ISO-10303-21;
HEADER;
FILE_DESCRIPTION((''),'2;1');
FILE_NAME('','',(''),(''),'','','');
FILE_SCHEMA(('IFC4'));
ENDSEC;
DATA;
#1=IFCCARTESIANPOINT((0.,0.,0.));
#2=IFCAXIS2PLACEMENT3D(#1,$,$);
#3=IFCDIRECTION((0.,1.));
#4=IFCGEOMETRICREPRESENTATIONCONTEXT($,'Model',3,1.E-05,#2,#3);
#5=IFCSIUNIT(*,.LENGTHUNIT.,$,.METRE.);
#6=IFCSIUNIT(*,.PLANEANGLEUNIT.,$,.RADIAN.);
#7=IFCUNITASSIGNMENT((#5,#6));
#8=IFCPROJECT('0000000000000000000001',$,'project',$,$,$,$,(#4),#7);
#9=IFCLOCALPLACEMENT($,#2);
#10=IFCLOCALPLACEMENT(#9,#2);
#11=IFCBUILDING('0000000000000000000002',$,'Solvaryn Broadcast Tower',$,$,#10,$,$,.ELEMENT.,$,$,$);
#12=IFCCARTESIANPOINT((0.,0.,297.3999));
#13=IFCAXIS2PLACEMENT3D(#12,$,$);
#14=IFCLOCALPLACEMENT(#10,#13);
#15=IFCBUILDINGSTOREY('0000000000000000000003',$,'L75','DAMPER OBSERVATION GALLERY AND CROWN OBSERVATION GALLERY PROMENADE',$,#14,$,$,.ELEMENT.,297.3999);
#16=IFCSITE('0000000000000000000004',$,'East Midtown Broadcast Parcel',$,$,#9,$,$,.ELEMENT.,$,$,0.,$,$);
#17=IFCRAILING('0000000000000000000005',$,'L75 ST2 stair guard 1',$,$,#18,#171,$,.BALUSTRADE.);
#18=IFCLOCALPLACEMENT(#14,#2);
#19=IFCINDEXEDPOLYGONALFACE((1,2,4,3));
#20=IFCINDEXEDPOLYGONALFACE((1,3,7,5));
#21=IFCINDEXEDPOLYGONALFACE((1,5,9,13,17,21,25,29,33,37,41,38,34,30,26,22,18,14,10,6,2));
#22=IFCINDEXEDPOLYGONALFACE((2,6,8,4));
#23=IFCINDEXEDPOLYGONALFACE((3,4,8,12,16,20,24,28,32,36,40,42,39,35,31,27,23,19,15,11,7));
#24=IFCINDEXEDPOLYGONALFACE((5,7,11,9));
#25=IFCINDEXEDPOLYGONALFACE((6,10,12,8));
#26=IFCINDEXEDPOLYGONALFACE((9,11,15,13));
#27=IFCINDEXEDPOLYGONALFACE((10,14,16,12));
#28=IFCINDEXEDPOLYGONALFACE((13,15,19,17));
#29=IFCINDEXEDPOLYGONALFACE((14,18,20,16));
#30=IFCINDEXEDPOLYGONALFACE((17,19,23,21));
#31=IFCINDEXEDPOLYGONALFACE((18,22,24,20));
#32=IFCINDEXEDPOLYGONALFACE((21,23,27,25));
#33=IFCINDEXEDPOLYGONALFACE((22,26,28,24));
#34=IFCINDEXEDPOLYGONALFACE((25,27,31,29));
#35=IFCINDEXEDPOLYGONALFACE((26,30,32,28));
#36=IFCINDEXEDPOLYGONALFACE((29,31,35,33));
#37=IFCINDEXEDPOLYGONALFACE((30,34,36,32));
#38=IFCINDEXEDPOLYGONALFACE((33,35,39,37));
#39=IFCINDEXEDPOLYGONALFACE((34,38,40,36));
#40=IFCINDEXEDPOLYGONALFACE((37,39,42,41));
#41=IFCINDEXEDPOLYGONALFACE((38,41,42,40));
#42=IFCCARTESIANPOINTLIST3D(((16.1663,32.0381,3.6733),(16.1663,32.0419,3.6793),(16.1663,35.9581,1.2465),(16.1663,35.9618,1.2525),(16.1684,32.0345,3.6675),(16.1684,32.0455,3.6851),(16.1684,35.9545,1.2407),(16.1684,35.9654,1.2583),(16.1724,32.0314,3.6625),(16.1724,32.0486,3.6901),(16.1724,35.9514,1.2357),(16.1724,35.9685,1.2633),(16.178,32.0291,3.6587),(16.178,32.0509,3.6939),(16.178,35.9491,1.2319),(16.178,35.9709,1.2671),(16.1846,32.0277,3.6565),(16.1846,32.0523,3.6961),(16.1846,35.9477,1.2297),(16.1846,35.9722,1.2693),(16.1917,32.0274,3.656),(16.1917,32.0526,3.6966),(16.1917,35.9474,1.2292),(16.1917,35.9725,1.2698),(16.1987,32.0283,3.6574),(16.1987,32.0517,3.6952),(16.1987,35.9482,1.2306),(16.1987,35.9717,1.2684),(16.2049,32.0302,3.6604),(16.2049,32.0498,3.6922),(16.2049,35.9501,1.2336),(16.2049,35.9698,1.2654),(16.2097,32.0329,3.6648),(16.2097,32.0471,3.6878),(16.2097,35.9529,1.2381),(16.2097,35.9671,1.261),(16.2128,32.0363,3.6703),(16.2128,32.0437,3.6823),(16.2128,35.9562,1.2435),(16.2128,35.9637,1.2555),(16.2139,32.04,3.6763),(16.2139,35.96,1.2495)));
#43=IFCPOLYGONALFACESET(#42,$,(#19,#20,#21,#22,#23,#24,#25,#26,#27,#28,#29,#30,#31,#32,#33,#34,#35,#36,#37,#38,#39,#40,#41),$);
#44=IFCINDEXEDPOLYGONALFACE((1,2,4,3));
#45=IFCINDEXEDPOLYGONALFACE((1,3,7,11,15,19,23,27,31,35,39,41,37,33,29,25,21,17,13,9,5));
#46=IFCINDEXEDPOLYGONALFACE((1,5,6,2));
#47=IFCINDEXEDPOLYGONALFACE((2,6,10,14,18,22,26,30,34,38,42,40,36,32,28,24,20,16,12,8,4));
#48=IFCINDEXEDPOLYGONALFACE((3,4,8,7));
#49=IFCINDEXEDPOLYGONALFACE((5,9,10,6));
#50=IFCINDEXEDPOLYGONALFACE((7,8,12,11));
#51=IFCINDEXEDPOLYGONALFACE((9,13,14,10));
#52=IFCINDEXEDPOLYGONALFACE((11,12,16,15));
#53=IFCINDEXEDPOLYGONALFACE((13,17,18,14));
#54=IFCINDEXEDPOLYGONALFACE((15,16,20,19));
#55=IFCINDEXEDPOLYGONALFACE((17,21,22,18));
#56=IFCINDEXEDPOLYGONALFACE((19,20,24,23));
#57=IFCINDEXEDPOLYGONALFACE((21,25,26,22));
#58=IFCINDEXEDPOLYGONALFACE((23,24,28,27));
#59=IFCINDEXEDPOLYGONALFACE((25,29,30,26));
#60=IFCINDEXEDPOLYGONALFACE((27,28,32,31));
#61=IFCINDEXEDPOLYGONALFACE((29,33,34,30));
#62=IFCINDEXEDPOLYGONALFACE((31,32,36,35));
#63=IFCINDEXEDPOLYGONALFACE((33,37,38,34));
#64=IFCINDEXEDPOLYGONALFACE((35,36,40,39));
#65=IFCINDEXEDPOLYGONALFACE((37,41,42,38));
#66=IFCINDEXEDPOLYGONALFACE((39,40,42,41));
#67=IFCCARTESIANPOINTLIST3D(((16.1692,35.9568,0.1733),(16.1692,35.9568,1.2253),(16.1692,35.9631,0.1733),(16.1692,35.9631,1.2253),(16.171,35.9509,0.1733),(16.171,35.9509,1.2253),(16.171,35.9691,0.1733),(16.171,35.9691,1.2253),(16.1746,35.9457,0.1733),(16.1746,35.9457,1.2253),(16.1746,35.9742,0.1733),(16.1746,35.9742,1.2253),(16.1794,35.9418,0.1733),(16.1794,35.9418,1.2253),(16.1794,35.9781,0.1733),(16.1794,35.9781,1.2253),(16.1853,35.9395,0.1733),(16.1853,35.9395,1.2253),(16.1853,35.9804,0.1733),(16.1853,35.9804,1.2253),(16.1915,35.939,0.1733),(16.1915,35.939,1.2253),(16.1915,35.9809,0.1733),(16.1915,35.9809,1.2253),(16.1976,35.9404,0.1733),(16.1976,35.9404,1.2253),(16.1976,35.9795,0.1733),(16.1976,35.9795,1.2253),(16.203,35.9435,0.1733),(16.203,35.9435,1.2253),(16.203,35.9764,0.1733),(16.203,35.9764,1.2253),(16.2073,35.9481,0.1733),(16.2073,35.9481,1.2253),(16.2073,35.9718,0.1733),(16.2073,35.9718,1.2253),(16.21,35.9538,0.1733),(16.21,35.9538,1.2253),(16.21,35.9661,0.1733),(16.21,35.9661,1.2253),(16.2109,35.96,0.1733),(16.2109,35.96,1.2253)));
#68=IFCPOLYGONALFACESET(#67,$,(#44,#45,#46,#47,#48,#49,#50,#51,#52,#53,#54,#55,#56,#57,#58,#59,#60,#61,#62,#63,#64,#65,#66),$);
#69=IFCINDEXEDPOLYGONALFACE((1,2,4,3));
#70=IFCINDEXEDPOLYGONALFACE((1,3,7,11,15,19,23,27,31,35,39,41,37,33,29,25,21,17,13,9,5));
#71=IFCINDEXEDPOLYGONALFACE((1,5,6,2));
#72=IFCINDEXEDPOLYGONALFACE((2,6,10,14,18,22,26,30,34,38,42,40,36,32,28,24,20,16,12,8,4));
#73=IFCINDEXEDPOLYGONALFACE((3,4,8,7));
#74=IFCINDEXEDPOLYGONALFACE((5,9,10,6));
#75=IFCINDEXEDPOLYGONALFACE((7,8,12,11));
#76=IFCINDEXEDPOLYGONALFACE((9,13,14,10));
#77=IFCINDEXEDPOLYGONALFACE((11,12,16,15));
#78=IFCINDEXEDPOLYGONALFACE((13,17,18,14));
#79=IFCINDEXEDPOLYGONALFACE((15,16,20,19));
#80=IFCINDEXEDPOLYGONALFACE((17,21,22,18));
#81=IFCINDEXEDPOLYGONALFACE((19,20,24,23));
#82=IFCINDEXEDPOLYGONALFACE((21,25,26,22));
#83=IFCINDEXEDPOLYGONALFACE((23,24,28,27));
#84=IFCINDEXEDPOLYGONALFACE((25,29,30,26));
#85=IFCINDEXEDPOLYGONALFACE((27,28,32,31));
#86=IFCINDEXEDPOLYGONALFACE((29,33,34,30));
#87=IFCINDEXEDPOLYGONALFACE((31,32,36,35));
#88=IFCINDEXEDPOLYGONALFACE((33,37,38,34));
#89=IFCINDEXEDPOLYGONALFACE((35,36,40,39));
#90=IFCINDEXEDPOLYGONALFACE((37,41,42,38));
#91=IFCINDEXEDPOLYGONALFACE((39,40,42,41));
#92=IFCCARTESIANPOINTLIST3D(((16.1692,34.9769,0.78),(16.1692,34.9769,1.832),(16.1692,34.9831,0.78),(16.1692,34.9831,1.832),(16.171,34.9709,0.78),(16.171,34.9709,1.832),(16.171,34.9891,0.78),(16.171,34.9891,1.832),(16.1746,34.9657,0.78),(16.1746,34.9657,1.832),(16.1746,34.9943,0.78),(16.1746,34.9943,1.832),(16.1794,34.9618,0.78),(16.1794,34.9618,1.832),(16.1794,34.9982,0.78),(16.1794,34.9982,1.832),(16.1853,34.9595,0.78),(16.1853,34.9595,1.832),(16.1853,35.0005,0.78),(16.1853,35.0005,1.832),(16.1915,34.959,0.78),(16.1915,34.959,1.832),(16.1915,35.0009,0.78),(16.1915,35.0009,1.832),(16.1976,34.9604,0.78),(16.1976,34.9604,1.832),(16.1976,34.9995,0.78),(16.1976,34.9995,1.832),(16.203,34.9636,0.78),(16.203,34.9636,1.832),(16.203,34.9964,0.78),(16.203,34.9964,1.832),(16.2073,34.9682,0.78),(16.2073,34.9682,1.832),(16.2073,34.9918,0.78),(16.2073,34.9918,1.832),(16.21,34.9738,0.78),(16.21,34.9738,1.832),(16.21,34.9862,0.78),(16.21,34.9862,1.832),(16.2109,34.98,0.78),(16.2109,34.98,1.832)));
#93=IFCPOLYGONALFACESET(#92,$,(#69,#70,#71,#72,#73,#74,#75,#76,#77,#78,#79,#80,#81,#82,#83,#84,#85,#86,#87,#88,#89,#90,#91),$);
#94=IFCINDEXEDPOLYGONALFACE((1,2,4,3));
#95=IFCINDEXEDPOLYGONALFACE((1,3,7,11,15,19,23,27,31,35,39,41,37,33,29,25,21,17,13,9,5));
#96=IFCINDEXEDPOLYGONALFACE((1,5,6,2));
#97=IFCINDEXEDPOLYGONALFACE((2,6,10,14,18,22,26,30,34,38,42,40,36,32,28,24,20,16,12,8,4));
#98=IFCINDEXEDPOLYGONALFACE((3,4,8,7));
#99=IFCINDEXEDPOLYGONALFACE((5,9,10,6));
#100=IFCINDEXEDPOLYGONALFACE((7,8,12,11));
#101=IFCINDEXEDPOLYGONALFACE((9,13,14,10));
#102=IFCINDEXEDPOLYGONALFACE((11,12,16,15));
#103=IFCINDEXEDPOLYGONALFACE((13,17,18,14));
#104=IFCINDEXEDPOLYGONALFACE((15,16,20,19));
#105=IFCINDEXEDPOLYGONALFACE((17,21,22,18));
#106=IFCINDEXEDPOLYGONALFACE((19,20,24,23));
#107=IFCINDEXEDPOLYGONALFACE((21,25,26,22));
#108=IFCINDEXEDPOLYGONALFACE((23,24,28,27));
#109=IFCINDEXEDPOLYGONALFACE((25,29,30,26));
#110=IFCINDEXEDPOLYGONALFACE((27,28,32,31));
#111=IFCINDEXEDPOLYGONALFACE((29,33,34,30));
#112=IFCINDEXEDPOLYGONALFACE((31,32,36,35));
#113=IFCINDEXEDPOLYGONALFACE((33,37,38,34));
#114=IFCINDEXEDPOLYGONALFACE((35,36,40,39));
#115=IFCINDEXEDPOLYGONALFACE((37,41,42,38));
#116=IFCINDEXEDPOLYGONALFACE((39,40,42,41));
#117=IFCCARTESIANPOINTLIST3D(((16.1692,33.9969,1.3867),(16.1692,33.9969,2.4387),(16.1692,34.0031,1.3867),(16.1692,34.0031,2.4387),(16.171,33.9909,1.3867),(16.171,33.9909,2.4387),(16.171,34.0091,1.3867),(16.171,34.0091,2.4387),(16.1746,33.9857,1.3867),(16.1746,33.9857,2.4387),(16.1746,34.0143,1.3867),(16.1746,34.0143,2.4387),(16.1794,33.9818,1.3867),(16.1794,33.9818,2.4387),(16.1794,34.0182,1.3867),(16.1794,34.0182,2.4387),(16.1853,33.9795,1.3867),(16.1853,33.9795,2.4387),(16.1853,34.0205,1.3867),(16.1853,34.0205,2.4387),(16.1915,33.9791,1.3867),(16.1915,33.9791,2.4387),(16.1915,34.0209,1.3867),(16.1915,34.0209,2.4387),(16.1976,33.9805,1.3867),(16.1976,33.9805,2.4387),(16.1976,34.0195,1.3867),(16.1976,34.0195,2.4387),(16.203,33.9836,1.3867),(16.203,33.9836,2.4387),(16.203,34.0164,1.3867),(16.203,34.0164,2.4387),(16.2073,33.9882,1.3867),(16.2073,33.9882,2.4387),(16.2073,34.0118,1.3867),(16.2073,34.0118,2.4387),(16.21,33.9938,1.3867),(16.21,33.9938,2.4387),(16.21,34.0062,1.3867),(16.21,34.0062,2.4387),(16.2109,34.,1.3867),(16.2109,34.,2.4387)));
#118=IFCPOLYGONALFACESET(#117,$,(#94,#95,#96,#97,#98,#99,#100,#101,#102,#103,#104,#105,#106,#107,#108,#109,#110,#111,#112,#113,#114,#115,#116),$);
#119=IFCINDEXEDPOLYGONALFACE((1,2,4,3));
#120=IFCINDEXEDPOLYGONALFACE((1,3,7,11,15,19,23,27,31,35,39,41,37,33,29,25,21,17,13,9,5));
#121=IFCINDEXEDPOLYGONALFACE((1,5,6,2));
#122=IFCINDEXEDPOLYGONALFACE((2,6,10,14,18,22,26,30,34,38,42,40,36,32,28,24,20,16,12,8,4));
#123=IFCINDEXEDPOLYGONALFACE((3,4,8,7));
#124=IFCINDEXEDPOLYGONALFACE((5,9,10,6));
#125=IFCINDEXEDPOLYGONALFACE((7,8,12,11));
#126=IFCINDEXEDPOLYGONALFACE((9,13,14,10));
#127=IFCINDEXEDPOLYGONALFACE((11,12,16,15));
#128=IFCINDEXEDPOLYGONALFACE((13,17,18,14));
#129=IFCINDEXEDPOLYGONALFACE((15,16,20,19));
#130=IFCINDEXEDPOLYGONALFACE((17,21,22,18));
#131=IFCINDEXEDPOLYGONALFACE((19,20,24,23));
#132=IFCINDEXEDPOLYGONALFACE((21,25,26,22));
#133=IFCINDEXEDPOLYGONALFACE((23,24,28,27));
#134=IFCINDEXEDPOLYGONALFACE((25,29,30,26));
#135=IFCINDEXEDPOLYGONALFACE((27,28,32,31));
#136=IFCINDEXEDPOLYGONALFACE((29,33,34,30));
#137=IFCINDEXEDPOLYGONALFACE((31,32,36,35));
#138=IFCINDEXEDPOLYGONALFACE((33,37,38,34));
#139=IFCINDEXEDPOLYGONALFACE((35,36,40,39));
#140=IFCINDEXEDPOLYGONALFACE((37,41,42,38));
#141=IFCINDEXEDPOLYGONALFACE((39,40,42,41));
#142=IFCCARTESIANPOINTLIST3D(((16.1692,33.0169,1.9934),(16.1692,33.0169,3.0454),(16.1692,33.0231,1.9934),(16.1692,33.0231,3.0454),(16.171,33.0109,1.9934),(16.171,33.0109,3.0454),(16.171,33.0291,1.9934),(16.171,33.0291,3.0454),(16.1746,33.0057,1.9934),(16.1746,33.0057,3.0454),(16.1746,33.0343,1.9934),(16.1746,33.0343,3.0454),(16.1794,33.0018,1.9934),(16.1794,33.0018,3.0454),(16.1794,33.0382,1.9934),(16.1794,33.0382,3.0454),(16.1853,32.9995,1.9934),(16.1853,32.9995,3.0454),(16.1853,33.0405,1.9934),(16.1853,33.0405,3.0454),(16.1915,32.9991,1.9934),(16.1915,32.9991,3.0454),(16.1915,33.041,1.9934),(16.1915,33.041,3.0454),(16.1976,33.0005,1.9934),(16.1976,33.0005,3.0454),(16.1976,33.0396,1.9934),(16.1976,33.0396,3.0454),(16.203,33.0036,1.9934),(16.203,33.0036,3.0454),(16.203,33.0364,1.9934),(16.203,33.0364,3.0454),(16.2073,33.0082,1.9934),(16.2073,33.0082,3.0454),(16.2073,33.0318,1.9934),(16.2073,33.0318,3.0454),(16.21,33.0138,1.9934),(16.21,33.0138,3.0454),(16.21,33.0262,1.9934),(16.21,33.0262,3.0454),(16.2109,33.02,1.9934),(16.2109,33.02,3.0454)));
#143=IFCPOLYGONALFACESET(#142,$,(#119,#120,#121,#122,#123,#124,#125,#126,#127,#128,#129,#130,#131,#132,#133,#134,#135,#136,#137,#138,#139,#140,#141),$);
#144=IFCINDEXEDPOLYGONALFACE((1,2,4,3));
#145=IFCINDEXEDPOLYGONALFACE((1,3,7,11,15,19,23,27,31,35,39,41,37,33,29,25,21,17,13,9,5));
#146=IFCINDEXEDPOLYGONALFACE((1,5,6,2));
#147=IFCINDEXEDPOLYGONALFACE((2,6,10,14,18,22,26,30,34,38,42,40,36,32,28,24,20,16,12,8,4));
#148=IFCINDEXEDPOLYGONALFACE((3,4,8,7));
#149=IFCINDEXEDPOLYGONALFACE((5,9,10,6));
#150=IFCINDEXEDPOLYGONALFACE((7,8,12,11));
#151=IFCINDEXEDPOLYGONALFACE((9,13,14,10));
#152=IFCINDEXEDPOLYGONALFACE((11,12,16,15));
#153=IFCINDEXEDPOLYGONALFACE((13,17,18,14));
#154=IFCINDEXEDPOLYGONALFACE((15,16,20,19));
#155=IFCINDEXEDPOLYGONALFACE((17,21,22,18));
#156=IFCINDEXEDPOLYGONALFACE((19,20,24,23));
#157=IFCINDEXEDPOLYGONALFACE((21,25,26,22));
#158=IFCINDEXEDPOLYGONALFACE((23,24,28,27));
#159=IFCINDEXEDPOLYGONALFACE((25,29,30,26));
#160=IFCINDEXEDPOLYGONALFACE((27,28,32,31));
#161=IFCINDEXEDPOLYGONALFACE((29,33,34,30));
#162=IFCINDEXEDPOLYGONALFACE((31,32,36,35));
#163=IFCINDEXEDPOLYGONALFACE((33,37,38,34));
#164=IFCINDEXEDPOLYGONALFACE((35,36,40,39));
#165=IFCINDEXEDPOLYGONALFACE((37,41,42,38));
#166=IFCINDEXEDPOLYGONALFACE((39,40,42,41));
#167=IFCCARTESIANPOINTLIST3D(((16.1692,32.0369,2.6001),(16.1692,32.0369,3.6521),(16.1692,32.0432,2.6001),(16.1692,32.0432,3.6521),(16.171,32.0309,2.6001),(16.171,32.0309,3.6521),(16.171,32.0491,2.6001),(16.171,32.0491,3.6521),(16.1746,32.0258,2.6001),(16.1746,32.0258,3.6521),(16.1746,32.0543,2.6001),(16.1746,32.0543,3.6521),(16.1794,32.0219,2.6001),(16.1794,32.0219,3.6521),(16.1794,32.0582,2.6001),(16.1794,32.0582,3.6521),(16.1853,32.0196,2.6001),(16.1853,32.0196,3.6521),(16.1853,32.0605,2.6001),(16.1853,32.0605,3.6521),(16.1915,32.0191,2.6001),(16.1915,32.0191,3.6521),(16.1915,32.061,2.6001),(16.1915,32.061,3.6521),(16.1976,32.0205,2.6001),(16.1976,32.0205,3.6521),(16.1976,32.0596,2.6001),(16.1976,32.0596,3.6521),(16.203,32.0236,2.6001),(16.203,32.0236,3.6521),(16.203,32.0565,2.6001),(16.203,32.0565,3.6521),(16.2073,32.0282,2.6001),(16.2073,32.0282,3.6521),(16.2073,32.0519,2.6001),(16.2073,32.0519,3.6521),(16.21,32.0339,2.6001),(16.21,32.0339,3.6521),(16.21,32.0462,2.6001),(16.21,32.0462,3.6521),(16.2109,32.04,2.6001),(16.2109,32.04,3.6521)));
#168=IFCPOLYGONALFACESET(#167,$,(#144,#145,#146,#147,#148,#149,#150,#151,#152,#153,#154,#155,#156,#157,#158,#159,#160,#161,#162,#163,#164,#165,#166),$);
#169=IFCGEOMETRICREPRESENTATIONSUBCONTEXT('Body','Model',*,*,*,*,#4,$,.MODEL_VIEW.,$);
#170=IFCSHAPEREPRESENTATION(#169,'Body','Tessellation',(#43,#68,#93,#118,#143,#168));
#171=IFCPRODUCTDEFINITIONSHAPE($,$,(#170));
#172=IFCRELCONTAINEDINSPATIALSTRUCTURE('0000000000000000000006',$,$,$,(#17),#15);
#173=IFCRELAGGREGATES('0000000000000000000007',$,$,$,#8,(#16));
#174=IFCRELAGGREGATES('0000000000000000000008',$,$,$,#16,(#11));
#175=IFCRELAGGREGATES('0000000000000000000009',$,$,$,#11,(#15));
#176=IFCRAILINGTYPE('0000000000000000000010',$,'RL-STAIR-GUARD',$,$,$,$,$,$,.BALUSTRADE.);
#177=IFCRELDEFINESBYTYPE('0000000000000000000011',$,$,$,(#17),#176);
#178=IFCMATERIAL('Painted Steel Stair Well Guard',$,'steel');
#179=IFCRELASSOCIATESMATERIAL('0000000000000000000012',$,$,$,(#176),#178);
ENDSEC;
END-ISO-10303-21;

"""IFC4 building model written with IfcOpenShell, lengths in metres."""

from ifc_helpers import new_model, si_unit, direction, frame, origin, origin_2d, place, context, subcontext, project, spatial, circle, extrude, material, type_object, element, save


model = new_model("IFC4")

# Units and contexts
model_context = context("Model", 3, precision=1e-05, world=origin(), true_north=direction((0.0, 1.0)))
body_context = subcontext(model_context, "Body", "Model", "MODEL_VIEW")
ifc_project = project(units=[si_unit("LENGTHUNIT", "METRE"), si_unit("PLANEANGLEUNIT", "RADIAN")], contexts=[model_context])

# Site, building, storey
site_placement = place(None, origin())
site = spatial("IfcSite", under=ifc_project, at=site_placement, Name="East Midtown Broadcast Parcel", CompositionType="ELEMENT", RefElevation=0.0)
building_placement = place(site_placement, origin())
building = spatial("IfcBuilding", under=site, at=building_placement, Name="Solvaryn Broadcast Tower", CompositionType="ELEMENT")
storey_placement = place(building_placement, frame((0.0, 0.0, 297.3999)))
storey = spatial("IfcBuildingStorey", under=building, at=storey_placement, Name="L75", Description="DAMPER OBSERVATION GALLERY AND CROWN OBSERVATION GALLERY PROMENADE", CompositionType="ELEMENT", Elevation=297.3999)

# Railing
ifc_material_1 = material(Name="Painted Steel Stair Well Guard", Category="steel")
railing_type_1 = type_object("IfcRailingType", Name="RL-STAIR-GUARD", PredefinedType="BALUSTRADE", material=ifc_material_1)
railing_1_placement = place(storey_placement, frame((16.1899, 35.96, 0.1733)))
element("IfcRailing", 1, at=railing_1_placement, inside=storey, type_object=railing_type_1, Name="L75 ST2 stair guard 1", PredefinedType="BALUSTRADE", context=body_context, shape_type="SweptSolid", body=[
    extrude(circle(Radius=0.0239, at=origin_2d()), frame((0.0, 0.0, 1.0762), z_axis=(0.0, -0.850252, 0.526376), x_axis=(1.0, 0.0, 0.0)), (0.0, 0.0, 1.0), 4.6104),
    extrude(circle(Radius=0.021, at=origin_2d()), origin(), (0.0, 0.0, 1.0), 1.052),
    extrude(circle(Radius=0.021, at=origin_2d()), frame((0.0, -0.98, 0.6067)), (0.0, 0.0, 1.0), 1.052),
    extrude(circle(Radius=0.021, at=origin_2d()), frame((0.0, -1.96, 1.2134)), (0.0, 0.0, 1.0), 1.052),
    extrude(circle(Radius=0.021, at=origin_2d()), frame((0.0, -2.9399, 1.8201)), (0.0, 0.0, 1.0), 1.052),
    extrude(circle(Radius=0.021, at=origin_2d()), frame((0.0, -3.9199, 2.4268)), (0.0, 0.0, 1.0), 1.052),
])

save(model, "model.ifc")
